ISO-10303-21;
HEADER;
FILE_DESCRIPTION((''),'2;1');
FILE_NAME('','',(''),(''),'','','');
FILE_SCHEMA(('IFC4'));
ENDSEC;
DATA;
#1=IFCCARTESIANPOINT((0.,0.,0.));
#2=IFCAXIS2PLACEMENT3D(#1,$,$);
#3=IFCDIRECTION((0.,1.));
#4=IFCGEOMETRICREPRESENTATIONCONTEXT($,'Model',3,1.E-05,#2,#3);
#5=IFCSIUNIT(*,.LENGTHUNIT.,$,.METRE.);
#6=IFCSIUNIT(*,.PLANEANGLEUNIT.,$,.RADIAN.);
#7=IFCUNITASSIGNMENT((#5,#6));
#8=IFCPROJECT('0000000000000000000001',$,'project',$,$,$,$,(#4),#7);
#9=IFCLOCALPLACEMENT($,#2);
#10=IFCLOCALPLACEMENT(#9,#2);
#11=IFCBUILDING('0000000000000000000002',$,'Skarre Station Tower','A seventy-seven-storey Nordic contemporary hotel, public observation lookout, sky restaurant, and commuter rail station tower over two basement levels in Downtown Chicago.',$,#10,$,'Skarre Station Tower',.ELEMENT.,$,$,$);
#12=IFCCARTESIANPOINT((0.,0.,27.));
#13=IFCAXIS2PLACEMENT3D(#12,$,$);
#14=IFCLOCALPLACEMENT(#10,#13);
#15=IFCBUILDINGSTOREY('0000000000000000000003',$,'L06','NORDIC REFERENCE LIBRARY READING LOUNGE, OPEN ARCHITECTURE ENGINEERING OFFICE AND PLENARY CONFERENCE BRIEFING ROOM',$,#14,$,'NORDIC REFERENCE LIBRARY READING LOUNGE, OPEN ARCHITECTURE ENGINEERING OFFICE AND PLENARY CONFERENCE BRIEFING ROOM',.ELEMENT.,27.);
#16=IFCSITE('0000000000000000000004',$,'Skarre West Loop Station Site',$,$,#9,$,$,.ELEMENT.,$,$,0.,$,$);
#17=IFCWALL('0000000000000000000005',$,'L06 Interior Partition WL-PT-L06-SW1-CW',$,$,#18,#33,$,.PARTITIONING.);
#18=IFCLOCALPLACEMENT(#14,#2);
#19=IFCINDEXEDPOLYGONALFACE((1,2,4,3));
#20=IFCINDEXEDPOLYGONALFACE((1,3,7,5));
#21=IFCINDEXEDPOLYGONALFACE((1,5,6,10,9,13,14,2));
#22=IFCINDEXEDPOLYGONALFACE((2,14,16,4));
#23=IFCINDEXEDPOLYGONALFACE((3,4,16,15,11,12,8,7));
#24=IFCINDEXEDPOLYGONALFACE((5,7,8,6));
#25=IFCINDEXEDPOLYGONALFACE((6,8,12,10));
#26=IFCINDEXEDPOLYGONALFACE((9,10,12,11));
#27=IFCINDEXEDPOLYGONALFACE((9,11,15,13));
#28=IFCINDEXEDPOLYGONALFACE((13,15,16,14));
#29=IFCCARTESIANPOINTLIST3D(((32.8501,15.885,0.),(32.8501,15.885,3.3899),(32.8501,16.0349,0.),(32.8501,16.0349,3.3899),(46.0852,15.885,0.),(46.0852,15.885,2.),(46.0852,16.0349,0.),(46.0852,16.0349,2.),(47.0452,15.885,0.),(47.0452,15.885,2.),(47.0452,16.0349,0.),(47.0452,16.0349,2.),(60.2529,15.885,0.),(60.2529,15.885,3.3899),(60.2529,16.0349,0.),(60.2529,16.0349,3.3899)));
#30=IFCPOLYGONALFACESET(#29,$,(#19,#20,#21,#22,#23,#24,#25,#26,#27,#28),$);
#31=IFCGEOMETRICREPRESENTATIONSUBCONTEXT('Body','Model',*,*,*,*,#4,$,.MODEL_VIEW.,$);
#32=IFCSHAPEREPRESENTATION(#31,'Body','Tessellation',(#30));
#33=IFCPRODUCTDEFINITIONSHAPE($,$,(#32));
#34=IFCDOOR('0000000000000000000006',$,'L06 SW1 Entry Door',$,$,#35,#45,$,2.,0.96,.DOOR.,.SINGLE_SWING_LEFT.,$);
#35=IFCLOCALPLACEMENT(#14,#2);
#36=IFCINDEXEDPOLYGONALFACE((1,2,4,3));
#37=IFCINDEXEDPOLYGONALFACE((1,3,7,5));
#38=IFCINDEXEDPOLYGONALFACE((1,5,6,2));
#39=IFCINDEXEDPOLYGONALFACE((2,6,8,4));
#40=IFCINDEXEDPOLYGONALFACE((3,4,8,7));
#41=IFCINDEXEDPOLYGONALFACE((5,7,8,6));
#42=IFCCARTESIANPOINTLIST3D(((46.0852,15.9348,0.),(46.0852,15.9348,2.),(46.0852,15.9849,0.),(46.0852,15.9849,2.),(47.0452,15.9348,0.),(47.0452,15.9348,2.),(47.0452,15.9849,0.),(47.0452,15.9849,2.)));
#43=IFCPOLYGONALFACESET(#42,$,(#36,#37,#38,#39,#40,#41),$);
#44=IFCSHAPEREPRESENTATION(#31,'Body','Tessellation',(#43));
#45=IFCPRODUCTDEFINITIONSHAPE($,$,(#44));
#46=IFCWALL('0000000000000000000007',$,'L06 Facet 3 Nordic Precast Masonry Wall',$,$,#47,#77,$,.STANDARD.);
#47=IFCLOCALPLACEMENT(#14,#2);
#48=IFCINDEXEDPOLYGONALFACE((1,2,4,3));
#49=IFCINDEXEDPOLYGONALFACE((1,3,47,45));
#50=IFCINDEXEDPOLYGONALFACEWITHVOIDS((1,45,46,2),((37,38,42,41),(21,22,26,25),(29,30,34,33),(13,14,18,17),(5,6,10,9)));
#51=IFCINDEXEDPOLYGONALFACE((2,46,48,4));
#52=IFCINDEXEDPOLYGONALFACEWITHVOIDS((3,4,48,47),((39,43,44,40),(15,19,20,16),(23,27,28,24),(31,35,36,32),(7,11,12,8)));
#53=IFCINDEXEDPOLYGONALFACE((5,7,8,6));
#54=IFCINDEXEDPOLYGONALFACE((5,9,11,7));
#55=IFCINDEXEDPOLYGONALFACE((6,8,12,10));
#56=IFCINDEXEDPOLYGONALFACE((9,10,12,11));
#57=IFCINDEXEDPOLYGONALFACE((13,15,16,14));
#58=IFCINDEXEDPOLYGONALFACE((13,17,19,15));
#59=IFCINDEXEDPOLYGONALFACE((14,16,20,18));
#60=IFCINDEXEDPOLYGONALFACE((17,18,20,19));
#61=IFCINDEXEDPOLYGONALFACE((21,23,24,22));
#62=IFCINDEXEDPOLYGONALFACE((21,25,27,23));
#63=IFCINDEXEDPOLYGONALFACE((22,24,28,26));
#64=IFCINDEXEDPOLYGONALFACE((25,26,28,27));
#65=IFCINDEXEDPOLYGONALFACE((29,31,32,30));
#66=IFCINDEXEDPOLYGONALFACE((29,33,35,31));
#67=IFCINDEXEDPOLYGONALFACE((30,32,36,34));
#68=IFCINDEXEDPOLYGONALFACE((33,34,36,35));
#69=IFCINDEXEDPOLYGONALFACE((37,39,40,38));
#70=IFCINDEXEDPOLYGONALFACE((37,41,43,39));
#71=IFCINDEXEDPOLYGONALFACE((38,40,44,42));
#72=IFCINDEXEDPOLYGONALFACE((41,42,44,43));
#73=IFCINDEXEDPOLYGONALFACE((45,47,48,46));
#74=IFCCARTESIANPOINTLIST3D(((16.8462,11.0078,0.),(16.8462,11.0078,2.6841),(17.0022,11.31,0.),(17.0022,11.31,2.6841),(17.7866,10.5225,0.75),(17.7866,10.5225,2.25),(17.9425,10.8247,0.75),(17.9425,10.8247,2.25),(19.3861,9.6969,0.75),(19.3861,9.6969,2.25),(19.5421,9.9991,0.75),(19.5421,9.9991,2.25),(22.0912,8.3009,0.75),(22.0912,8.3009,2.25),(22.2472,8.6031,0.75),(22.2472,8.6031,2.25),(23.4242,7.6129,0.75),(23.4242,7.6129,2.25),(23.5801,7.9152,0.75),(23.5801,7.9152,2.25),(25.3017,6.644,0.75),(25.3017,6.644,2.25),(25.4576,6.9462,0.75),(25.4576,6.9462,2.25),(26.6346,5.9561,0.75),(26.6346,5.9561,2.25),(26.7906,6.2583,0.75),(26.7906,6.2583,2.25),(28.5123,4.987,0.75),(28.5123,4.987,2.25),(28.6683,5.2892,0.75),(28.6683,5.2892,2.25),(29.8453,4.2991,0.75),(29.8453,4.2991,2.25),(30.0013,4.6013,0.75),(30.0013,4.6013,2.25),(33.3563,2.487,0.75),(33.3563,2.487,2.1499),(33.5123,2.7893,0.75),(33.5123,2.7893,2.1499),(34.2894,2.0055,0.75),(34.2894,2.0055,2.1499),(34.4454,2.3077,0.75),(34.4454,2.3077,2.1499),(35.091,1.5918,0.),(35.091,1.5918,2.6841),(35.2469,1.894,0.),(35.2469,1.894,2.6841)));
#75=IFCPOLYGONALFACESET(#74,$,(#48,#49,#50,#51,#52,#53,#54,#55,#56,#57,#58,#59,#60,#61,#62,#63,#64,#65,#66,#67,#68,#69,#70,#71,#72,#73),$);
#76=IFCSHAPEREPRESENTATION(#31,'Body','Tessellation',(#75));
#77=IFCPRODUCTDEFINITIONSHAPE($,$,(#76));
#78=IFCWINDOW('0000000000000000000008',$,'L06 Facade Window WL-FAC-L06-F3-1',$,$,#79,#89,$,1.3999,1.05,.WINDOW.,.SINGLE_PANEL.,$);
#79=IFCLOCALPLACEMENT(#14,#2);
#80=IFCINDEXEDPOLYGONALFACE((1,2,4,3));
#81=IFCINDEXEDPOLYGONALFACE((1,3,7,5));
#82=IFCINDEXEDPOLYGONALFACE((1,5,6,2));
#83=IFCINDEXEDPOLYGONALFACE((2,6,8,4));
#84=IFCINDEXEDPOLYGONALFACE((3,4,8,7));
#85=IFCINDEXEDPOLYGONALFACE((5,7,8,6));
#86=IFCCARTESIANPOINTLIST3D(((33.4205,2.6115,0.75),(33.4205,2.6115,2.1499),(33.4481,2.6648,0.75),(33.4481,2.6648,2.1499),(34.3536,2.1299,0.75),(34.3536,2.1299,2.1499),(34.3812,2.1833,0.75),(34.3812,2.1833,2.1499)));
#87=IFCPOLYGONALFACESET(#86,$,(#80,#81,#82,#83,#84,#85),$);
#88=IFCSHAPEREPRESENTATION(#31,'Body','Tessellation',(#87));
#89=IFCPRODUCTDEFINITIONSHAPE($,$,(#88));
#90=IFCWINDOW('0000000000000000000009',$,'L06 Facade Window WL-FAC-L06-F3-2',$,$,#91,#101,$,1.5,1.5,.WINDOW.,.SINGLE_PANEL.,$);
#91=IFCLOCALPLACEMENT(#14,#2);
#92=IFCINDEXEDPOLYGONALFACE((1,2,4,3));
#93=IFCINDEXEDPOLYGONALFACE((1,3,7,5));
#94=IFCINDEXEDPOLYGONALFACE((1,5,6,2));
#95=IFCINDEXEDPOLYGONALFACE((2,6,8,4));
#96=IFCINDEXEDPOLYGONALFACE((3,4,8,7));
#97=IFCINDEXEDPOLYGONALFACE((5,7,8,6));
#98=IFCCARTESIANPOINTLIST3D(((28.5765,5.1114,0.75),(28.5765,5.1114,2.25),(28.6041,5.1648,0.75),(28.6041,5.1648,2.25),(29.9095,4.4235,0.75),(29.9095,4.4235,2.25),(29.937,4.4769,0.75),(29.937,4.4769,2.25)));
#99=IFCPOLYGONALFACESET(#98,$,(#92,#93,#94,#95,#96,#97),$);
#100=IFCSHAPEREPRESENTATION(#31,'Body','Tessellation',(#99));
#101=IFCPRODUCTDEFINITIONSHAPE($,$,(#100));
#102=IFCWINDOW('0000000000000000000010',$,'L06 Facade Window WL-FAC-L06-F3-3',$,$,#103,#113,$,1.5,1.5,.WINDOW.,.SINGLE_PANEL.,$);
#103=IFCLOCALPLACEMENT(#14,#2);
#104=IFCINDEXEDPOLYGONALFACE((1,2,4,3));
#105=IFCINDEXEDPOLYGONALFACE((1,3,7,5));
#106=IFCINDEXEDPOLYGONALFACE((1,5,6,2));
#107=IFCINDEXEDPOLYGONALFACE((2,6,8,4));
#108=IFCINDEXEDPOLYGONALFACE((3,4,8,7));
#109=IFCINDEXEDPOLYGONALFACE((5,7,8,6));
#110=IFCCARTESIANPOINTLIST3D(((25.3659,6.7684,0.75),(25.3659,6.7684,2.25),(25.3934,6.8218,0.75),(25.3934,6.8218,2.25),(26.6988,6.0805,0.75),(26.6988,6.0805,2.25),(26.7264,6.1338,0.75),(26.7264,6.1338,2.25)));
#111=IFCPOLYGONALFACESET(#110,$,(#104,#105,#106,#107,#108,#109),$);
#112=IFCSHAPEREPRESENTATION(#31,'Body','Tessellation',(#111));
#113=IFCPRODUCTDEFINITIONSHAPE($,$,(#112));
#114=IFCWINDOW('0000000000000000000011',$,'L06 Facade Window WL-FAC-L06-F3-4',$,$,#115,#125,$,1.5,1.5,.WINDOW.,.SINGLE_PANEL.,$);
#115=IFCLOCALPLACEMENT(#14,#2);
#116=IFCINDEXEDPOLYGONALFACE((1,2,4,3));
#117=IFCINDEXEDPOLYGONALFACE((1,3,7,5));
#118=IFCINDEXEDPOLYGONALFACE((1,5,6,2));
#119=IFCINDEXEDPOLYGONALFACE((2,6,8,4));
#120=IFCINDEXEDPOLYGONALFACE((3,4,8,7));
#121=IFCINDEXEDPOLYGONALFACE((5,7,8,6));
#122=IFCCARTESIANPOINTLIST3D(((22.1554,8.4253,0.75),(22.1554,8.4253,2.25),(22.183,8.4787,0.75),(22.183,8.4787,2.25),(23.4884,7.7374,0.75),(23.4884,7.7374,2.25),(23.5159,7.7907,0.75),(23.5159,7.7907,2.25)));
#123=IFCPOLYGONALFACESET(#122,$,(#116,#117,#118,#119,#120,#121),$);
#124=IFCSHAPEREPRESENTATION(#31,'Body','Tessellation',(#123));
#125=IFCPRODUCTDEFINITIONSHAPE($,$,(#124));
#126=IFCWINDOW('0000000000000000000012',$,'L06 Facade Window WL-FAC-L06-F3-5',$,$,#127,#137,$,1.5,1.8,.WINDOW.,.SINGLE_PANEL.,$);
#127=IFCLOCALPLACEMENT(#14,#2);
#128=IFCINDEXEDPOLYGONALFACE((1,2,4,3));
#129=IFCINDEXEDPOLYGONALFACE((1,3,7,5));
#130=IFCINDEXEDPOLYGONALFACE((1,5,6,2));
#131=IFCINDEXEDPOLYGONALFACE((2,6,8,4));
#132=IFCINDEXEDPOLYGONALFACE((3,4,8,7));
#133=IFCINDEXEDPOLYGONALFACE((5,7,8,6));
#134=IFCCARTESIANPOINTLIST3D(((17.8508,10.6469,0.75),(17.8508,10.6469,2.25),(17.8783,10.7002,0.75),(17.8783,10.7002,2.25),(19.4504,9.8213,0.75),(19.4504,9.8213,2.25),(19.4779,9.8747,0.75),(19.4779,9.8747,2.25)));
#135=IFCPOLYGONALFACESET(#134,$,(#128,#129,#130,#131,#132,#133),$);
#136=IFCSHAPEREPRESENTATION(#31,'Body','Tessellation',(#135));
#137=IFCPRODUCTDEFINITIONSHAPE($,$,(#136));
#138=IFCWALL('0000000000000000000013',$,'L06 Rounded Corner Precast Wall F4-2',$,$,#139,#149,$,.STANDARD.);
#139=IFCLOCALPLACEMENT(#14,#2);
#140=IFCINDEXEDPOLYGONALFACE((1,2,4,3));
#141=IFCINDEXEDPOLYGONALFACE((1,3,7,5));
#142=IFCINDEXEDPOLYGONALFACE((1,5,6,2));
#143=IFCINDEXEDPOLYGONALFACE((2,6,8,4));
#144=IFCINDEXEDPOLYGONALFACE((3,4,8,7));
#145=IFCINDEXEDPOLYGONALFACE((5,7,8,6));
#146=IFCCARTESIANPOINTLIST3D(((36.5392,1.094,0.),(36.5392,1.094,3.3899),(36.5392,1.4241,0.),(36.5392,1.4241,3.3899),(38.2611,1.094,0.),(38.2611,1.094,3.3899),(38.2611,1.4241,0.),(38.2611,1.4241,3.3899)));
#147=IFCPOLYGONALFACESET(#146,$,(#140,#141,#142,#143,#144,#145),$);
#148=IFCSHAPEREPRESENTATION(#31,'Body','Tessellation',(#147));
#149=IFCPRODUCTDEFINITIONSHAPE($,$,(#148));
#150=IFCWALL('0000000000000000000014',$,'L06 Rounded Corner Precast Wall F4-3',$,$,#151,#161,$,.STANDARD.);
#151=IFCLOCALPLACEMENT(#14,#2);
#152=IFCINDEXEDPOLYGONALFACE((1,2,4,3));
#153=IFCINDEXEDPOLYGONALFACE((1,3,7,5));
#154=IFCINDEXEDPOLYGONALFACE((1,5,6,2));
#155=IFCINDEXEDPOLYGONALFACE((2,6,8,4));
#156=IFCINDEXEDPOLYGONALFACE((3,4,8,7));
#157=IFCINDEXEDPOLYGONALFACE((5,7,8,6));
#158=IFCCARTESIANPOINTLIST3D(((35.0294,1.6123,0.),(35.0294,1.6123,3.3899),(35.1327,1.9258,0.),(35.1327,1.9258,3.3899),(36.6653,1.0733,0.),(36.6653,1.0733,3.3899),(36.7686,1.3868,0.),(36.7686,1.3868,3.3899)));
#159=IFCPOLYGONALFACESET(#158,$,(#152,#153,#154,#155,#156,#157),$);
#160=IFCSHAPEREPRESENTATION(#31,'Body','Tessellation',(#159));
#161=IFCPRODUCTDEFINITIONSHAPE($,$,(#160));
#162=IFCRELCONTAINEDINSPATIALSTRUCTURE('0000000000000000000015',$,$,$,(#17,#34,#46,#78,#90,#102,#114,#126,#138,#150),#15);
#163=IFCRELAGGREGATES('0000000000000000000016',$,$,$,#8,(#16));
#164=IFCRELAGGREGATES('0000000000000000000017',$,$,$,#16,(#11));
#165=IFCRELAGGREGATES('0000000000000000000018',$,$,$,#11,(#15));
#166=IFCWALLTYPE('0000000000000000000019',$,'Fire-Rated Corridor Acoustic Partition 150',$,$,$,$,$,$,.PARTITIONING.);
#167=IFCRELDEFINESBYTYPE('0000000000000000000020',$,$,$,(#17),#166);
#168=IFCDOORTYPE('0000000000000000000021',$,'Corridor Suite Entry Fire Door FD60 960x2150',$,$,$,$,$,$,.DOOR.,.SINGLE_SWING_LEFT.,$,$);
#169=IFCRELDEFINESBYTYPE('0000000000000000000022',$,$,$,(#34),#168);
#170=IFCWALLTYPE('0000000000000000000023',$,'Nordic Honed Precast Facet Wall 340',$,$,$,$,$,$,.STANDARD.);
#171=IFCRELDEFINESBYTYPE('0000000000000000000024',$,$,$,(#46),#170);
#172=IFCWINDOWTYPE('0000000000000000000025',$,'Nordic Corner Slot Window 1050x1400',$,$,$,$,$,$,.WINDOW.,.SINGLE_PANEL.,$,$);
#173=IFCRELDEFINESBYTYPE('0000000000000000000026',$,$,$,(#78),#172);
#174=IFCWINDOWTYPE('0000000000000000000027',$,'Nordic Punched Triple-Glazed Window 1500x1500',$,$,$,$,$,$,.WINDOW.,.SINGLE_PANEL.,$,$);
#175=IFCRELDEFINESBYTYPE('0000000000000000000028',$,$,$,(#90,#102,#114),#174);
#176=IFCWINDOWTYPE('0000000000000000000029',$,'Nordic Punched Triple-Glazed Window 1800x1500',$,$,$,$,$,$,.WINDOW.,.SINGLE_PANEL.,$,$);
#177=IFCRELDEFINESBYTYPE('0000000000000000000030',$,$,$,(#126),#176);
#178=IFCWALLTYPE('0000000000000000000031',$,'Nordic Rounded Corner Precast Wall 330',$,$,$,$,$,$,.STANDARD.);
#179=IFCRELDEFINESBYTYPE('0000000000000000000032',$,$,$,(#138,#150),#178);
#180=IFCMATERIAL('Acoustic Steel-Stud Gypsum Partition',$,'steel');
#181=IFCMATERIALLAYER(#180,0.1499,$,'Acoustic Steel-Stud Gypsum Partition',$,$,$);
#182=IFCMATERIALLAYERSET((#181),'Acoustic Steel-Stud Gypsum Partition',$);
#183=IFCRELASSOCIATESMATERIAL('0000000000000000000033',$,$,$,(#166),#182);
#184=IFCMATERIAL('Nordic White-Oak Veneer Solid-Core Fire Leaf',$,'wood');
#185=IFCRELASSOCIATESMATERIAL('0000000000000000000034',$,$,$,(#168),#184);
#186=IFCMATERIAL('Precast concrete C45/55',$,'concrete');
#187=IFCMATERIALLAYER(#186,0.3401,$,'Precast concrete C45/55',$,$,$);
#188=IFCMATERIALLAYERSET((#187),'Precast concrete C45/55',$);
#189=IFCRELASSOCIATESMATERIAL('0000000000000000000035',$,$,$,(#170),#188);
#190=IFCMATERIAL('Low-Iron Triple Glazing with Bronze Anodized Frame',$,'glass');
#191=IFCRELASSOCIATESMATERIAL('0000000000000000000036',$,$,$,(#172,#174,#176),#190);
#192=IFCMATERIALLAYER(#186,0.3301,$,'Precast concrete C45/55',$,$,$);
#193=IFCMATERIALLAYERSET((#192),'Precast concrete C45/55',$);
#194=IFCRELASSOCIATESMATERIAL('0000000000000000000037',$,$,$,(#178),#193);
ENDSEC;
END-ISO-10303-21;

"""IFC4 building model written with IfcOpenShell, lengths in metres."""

from ifc_helpers import new_model, si_unit, direction, frame, frame_2d, origin, place, context, subcontext, project, spatial, rectangle, extrude, material, layer, layer_set, type_object, element, fill, save


model = new_model("IFC4")

# Units and contexts
model_context = context("Model", 3, precision=1e-05, world=origin(), true_north=direction((0.0, 1.0)))
body_context = subcontext(model_context, "Body", "Model", "MODEL_VIEW")
ifc_project = project(units=[si_unit("LENGTHUNIT", "METRE"), si_unit("PLANEANGLEUNIT", "RADIAN")], contexts=[model_context])

# Site, building, storey
site_placement = place(None, origin())
site = spatial("IfcSite", under=ifc_project, at=site_placement, Name="Skarre West Loop Station Site", CompositionType="ELEMENT", RefElevation=0.0)
building_placement = place(site_placement, origin())
building = spatial("IfcBuilding", under=site, at=building_placement, Name="Skarre Station Tower", Description="A seventy-seven-storey Nordic contemporary hotel, public observation lookout, sky restaurant, and commuter rail station tower over two basement levels in Downtown Chicago.", LongName="Skarre Station Tower", CompositionType="ELEMENT")
storey_placement = place(building_placement, frame((0.0, 0.0, 27.0)))
storey = spatial("IfcBuildingStorey", under=building, at=storey_placement, Name="L06", Description="NORDIC REFERENCE LIBRARY READING LOUNGE, OPEN ARCHITECTURE ENGINEERING OFFICE AND PLENARY CONFERENCE BRIEFING ROOM", LongName="NORDIC REFERENCE LIBRARY READING LOUNGE, OPEN ARCHITECTURE ENGINEERING OFFICE AND PLENARY CONFERENCE BRIEFING ROOM", CompositionType="ELEMENT", Elevation=27.0)

# Shared definitions
ifc_material_1 = material(Name="Acoustic Steel-Stud Gypsum Partition", Category="steel")
ifc_layer_1 = layer(ifc_material_1, 0.1499, Name="Acoustic Steel-Stud Gypsum Partition")
ifc_layer_set_1 = layer_set([ifc_layer_1], Name="Acoustic Steel-Stud Gypsum Partition")
wall_type_1 = type_object("IfcWallType", Name="Fire-Rated Corridor Acoustic Partition 150", PredefinedType="PARTITIONING", material=ifc_layer_set_1)

# Wall, opening, door
wall_1_placement = place(storey_placement, frame((32.8501, 15.96, 0.0), z_axis=(0.0, 0.0, 1.0), x_axis=(1.0, 0.0, 0.0)))
wall_1 = element("IfcWall", 1, at=wall_1_placement, inside=storey, type_object=wall_type_1, Name="L06 Interior Partition WL-PT-L06-SW1-CW", PredefinedType="PARTITIONING", context=body_context, shape_type="SweptSolid", body=[
    extrude(rectangle(XDim=27.4028, YDim=0.1499, at=frame_2d((13.7014, 0.0))), origin(), (0.0, 0.0, 1.0), 3.3899),
])
opening_1_placement = place(wall_1_placement, frame((13.2351, 0.0, 0.0)))
opening_1 = element("IfcOpeningElement", 2, at=opening_1_placement, cuts=wall_1, PredefinedType="OPENING", context=body_context, shape_type="SweptSolid", body=[
    extrude(rectangle(XDim=0.96, YDim=2.0, at=frame_2d((0.48, 1.0))), frame((0.0, 0.085, 0.0), z_axis=(0.0, -1.0, 0.0), x_axis=(1.0, 0.0, 0.0)), (0.0, 0.0, 1.0), 0.1699),
])
ifc_material_2 = material(Name="Nordic White-Oak Veneer Solid-Core Fire Leaf", Category="wood")
door_type_1 = type_object("IfcDoorType", Name="Corridor Suite Entry Fire Door FD60 960x2150", OperationType="SINGLE_SWING_LEFT", PredefinedType="DOOR", material=ifc_material_2)
door_1_placement = place(opening_1_placement, origin())
door_1 = element("IfcDoor", 3, at=door_1_placement, inside=storey, type_object=door_type_1, Name="L06 SW1 Entry Door", OperationType="SINGLE_SWING_LEFT", OverallHeight=2.0, OverallWidth=0.96, PredefinedType="DOOR", context=body_context, shape_type="SweptSolid", body=[
    extrude(rectangle(XDim=0.96, YDim=2.0, at=frame_2d((0.48, 1.0))), frame((0.0, 0.0249, 0.0), z_axis=(0.0, -1.0, 0.0), x_axis=(1.0, 0.0, 0.0)), (0.0, 0.0, 1.0), 0.05),
])
fill(opening_1, door_1)

# Wall, openings, windows
ifc_material_3 = material(Name="Precast concrete C45/55", Category="concrete")
ifc_layer_2 = layer(ifc_material_3, 0.3401, Name="Precast concrete C45/55")
ifc_layer_set_2 = layer_set([ifc_layer_2], Name="Precast concrete C45/55")
wall_type_2 = type_object("IfcWallType", Name="Nordic Honed Precast Facet Wall 340", PredefinedType="STANDARD", material=ifc_layer_set_2)
wall_2_placement = place(storey_placement, frame((35.1689, 1.7429, 0.0), z_axis=(0.0, 0.0, 1.0), x_axis=(-0.888634, 0.458616, 0.0)))
wall_2 = element("IfcWall", 4, at=wall_2_placement, inside=storey, type_object=wall_type_2, Name="L06 Facet 3 Nordic Precast Masonry Wall", PredefinedType="STANDARD", context=body_context, shape_type="SweptSolid", body=[
    extrude(rectangle(XDim=20.5312, YDim=0.3401, at=frame_2d((10.2656, 0.0))), origin(), (0.0, 0.0, 1.0), 2.6841),
])
opening_2_placement = place(wall_2_placement, frame((0.9021, 0.0, 0.75)))
opening_2 = element("IfcOpeningElement", 5, at=opening_2_placement, cuts=wall_2, PredefinedType="OPENING", context=body_context, shape_type="SweptSolid", body=[
    extrude(rectangle(XDim=1.05, YDim=1.3999, at=frame_2d((0.5249, 0.7))), frame((0.0, 0.1799, 0.0), z_axis=(0.0, -1.0, 0.0), x_axis=(1.0, 0.0, 0.0)), (0.0, 0.0, 1.0), 0.3601),
])
opening_3_placement = place(wall_2_placement, frame((5.9031, 0.0, 0.75)))
opening_3 = element("IfcOpeningElement", 6, at=opening_3_placement, cuts=wall_2, PredefinedType="OPENING", context=body_context, shape_type="SweptSolid", body=[
    extrude(rectangle(XDim=1.5, YDim=1.5, at=frame_2d((0.75, 0.75))), frame((0.0, 0.1799, 0.0), z_axis=(0.0, -1.0, 0.0), x_axis=(1.0, 0.0, 0.0)), (0.0, 0.0, 1.0), 0.3601),
])
opening_4_placement = place(wall_2_placement, frame((9.5161, 0.0, 0.75)))
opening_4 = element("IfcOpeningElement", 7, at=opening_4_placement, cuts=wall_2, PredefinedType="OPENING", context=body_context, shape_type="SweptSolid", body=[
    extrude(rectangle(XDim=1.5, YDim=1.5, at=frame_2d((0.75, 0.75))), frame((0.0, 0.1799, 0.0), z_axis=(0.0, -1.0, 0.0), x_axis=(1.0, 0.0, 0.0)), (0.0, 0.0, 1.0), 0.3601),
])
opening_5_placement = place(wall_2_placement, frame((13.1289, 0.0, 0.75)))
opening_5 = element("IfcOpeningElement", 8, at=opening_5_placement, cuts=wall_2, PredefinedType="OPENING", context=body_context, shape_type="SweptSolid", body=[
    extrude(rectangle(XDim=1.5, YDim=1.5, at=frame_2d((0.75, 0.75))), frame((0.0, 0.1799, 0.0), z_axis=(0.0, -1.0, 0.0), x_axis=(1.0, 0.0, 0.0)), (0.0, 0.0, 1.0), 0.3601),
])
opening_6_placement = place(wall_2_placement, frame((17.6731, 0.0, 0.75)))
opening_6 = element("IfcOpeningElement", 9, at=opening_6_placement, cuts=wall_2, PredefinedType="OPENING", context=body_context, shape_type="SweptSolid", body=[
    extrude(rectangle(XDim=1.8, YDim=1.5, at=frame_2d((0.8999, 0.75))), frame((0.0, 0.1799, 0.0), z_axis=(0.0, -1.0, 0.0), x_axis=(1.0, 0.0, 0.0)), (0.0, 0.0, 1.0), 0.3601),
])
ifc_material_4 = material(Name="Low-Iron Triple Glazing with Bronze Anodized Frame", Category="glass")
window_type_1 = type_object("IfcWindowType", Name="Nordic Corner Slot Window 1050x1400", PartitioningType="SINGLE_PANEL", PredefinedType="WINDOW", material=ifc_material_4)
window_1_placement = place(opening_2_placement, origin())
window_1 = element("IfcWindow", 10, at=window_1_placement, inside=storey, type_object=window_type_1, Name="L06 Facade Window WL-FAC-L06-F3-1", OverallHeight=1.3999, OverallWidth=1.05, PartitioningType="SINGLE_PANEL", PredefinedType="WINDOW", context=body_context, shape_type="SweptSolid", body=[
    extrude(rectangle(XDim=1.05, YDim=1.3999, at=frame_2d((0.5249, 0.7))), frame((0.0, 0.03, 0.0), z_axis=(0.0, -1.0, 0.0), x_axis=(1.0, 0.0, 0.0)), (0.0, 0.0, 1.0), 0.0601),
])
fill(opening_2, window_1)
window_type_2 = type_object("IfcWindowType", Name="Nordic Punched Triple-Glazed Window 1500x1500", PartitioningType="SINGLE_PANEL", PredefinedType="WINDOW", material=ifc_material_4)
window_2_placement = place(opening_3_placement, origin())
window_2 = element("IfcWindow", 11, at=window_2_placement, inside=storey, type_object=window_type_2, Name="L06 Facade Window WL-FAC-L06-F3-2", OverallHeight=1.5, OverallWidth=1.5, PartitioningType="SINGLE_PANEL", PredefinedType="WINDOW", context=body_context, shape_type="SweptSolid", body=[
    extrude(rectangle(XDim=1.5, YDim=1.5, at=frame_2d((0.75, 0.75))), frame((0.0, 0.03, 0.0), z_axis=(0.0, -1.0, 0.0), x_axis=(1.0, 0.0, 0.0)), (0.0, 0.0, 1.0), 0.0601),
])
fill(opening_3, window_2)
window_3_placement = place(opening_4_placement, origin())
window_3 = element("IfcWindow", 12, at=window_3_placement, inside=storey, type_object=window_type_2, Name="L06 Facade Window WL-FAC-L06-F3-3", OverallHeight=1.5, OverallWidth=1.5, PartitioningType="SINGLE_PANEL", PredefinedType="WINDOW", context=body_context, shape_type="SweptSolid", body=[
    extrude(rectangle(XDim=1.5, YDim=1.5, at=frame_2d((0.75, 0.75))), frame((0.0, 0.03, 0.0), z_axis=(0.0, -1.0, 0.0), x_axis=(1.0, 0.0, 0.0)), (0.0, 0.0, 1.0), 0.0601),
])
fill(opening_4, window_3)
window_4_placement = place(opening_5_placement, origin())
window_4 = element("IfcWindow", 13, at=window_4_placement, inside=storey, type_object=window_type_2, Name="L06 Facade Window WL-FAC-L06-F3-4", OverallHeight=1.5, OverallWidth=1.5, PartitioningType="SINGLE_PANEL", PredefinedType="WINDOW", context=body_context, shape_type="SweptSolid", body=[
    extrude(rectangle(XDim=1.5, YDim=1.5, at=frame_2d((0.75, 0.75))), frame((0.0, 0.03, 0.0), z_axis=(0.0, -1.0, 0.0), x_axis=(1.0, 0.0, 0.0)), (0.0, 0.0, 1.0), 0.0601),
])
fill(opening_5, window_4)
window_type_3 = type_object("IfcWindowType", Name="Nordic Punched Triple-Glazed Window 1800x1500", PartitioningType="SINGLE_PANEL", PredefinedType="WINDOW", material=ifc_material_4)
window_5_placement = place(opening_6_placement, origin())
window_5 = element("IfcWindow", 14, at=window_5_placement, inside=storey, type_object=window_type_3, Name="L06 Facade Window WL-FAC-L06-F3-5", OverallHeight=1.5, OverallWidth=1.8, PartitioningType="SINGLE_PANEL", PredefinedType="WINDOW", context=body_context, shape_type="SweptSolid", body=[
    extrude(rectangle(XDim=1.8, YDim=1.5, at=frame_2d((0.8999, 0.75))), frame((0.0, 0.03, 0.0), z_axis=(0.0, -1.0, 0.0), x_axis=(1.0, 0.0, 0.0)), (0.0, 0.0, 1.0), 0.0601),
])
fill(opening_6, window_5)

# Walls
ifc_layer_3 = layer(ifc_material_3, 0.3301, Name="Precast concrete C45/55")
ifc_layer_set_3 = layer_set([ifc_layer_3], Name="Precast concrete C45/55")
wall_type_3 = type_object("IfcWallType", Name="Nordic Rounded Corner Precast Wall 330", PredefinedType="STANDARD", material=ifc_layer_set_3)
wall_3_placement = place(storey_placement, frame((38.261, 1.259, 0.0), z_axis=(0.0, 0.0, 1.0), x_axis=(-1.0, 0.0, 0.0)))
element("IfcWall", 15, at=wall_3_placement, inside=storey, type_object=wall_type_3, Name="L06 Rounded Corner Precast Wall F4-2", PredefinedType="STANDARD", context=body_context, shape_type="SweptSolid", body=[
    extrude(rectangle(XDim=1.7219, YDim=0.3301, at=frame_2d((0.8608, 0.0))), origin(), (0.0, 0.0, 1.0), 3.3899),
])
wall_4_placement = place(storey_placement, frame((36.717, 1.23, 0.0), z_axis=(0.0, 0.0, 1.0), x_axis=(-0.949769, 0.312952, 0.0)))
element("IfcWall", 16, at=wall_4_placement, inside=storey, type_object=wall_type_3, Name="L06 Rounded Corner Precast Wall F4-3", PredefinedType="STANDARD", context=body_context, shape_type="SweptSolid", body=[
    extrude(rectangle(XDim=1.7224, YDim=0.3301, at=frame_2d((0.8613, 0.0))), origin(), (0.0, 0.0, 1.0), 3.3899),
])

save(model, "model.ifc")
